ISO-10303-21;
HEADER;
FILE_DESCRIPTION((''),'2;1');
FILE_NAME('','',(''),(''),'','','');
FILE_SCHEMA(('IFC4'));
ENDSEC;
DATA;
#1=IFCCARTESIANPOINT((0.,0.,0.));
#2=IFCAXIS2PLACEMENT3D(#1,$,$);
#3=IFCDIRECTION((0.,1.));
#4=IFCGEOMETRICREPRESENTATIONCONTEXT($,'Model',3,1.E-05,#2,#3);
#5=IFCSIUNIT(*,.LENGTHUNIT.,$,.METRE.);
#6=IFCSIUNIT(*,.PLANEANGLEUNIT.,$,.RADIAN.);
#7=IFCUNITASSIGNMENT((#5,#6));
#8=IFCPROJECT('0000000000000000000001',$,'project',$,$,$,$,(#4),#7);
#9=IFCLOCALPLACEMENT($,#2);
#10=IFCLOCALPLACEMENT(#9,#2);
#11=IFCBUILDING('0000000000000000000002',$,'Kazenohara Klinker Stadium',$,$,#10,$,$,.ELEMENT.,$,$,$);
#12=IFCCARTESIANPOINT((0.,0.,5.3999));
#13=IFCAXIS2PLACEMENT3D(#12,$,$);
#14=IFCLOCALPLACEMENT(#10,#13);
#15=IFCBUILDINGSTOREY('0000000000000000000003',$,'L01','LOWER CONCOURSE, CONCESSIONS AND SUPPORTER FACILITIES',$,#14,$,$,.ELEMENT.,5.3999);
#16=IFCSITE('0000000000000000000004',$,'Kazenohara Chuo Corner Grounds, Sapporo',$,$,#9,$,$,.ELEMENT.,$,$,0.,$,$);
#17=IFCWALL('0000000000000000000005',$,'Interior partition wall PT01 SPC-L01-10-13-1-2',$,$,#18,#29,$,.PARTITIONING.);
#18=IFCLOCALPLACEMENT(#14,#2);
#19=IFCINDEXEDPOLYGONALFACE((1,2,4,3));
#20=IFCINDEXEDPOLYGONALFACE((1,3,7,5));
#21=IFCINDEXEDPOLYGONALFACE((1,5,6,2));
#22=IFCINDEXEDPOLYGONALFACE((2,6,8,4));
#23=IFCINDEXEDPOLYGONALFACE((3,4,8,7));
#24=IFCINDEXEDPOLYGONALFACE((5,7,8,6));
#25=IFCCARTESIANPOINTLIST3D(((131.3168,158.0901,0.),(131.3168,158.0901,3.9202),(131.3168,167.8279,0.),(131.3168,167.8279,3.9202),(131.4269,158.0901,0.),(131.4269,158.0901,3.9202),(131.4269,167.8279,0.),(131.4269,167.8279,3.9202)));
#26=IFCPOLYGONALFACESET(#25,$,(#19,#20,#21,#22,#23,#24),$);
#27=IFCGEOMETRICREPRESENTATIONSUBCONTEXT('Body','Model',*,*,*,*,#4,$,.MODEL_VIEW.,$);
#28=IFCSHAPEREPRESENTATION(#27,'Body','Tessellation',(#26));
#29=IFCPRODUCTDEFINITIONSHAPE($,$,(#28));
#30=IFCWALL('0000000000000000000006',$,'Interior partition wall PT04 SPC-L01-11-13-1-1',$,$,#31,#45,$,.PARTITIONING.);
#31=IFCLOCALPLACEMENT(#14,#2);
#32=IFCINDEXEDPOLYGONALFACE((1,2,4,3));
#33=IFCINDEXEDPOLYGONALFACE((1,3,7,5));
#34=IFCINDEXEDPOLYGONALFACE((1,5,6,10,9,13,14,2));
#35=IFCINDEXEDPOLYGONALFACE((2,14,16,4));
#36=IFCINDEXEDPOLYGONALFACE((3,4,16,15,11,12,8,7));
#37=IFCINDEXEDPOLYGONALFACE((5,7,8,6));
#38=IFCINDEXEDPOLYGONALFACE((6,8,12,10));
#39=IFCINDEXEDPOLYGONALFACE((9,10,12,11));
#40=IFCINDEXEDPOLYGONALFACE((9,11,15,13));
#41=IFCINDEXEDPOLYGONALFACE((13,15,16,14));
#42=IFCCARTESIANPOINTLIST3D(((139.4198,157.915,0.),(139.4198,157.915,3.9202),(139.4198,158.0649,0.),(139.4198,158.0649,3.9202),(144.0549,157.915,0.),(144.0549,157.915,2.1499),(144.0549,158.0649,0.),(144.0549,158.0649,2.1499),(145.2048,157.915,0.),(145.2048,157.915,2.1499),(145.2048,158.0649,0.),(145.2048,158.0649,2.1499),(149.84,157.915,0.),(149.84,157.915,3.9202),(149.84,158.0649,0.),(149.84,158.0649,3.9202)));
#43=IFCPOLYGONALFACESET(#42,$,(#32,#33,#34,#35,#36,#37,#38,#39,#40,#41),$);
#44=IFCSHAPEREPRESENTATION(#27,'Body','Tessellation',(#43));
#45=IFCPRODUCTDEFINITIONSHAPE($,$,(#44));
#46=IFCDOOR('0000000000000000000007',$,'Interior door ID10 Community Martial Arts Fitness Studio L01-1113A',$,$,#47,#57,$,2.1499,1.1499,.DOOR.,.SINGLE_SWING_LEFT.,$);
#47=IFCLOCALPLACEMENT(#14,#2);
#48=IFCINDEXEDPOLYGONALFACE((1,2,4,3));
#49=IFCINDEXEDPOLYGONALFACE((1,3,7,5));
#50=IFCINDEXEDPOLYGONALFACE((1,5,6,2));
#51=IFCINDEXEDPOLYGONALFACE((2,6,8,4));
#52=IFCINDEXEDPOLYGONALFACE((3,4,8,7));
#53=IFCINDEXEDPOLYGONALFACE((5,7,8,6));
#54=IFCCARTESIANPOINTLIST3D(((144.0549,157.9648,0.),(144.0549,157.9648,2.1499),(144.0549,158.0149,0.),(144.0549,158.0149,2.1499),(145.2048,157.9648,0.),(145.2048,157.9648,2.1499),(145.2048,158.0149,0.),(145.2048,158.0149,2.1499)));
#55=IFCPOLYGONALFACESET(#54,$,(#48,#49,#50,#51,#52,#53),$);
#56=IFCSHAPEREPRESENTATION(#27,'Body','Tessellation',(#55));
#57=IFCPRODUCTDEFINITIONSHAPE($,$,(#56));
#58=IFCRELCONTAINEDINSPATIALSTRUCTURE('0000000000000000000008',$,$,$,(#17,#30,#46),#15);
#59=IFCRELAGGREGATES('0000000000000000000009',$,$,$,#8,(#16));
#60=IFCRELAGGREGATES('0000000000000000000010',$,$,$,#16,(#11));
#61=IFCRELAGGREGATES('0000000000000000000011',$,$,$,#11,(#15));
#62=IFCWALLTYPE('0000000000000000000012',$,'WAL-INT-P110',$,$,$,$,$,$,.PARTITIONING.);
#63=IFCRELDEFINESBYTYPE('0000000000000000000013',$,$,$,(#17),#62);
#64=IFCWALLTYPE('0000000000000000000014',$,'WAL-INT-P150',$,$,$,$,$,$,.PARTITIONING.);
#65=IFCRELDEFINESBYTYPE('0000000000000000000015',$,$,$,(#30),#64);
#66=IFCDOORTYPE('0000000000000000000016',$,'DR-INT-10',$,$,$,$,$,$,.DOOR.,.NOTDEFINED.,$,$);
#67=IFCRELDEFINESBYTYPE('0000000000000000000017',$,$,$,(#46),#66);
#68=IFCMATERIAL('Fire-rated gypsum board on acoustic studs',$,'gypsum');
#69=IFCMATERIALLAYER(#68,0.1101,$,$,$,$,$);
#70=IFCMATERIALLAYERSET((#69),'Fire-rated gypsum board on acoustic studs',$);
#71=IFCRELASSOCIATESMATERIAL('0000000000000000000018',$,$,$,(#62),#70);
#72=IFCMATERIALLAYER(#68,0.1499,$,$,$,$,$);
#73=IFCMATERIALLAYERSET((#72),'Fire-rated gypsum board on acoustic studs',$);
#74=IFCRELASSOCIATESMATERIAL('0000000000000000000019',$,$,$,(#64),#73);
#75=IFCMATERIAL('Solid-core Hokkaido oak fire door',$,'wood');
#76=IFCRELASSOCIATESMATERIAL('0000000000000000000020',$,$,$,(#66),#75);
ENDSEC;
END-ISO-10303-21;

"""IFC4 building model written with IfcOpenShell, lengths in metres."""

from ifc_helpers import new_model, si_unit, direction, frame, frame_2d, origin, place, context, subcontext, project, spatial, rectangle, extrude, material, layer, layer_set, type_object, element, fill, save


model = new_model("IFC4")

# Units and contexts
model_context = context("Model", 3, precision=1e-05, world=origin(), true_north=direction((0.0, 1.0)))
body_context = subcontext(model_context, "Body", "Model", "MODEL_VIEW")
ifc_project = project(units=[si_unit("LENGTHUNIT", "METRE"), si_unit("PLANEANGLEUNIT", "RADIAN")], contexts=[model_context])

# Site, building, storey
site_placement = place(None, origin())
site = spatial("IfcSite", under=ifc_project, at=site_placement, Name="Kazenohara Chuo Corner Grounds, Sapporo", CompositionType="ELEMENT", RefElevation=0.0)
building_placement = place(site_placement, origin())
building = spatial("IfcBuilding", under=site, at=building_placement, Name="Kazenohara Klinker Stadium", CompositionType="ELEMENT")
storey_placement = place(building_placement, frame((0.0, 0.0, 5.3999)))
storey = spatial("IfcBuildingStorey", under=building, at=storey_placement, Name="L01", Description="LOWER CONCOURSE, CONCESSIONS AND SUPPORTER FACILITIES", CompositionType="ELEMENT", Elevation=5.3999)

# Wall
ifc_material_1 = material(Name="Fire-rated gypsum board on acoustic studs", Category="gypsum")
ifc_layer_1 = layer(ifc_material_1, 0.1101)
ifc_layer_set_1 = layer_set([ifc_layer_1], Name="Fire-rated gypsum board on acoustic studs")
wall_type_1 = type_object("IfcWallType", Name="WAL-INT-P110", PredefinedType="PARTITIONING", material=ifc_layer_set_1)
wall_1_placement = place(storey_placement, frame((131.3718, 158.0901, 0.0), z_axis=(0.0, 0.0, 1.0), x_axis=(0.0, 1.0, 0.0)))
element("IfcWall", 1, at=wall_1_placement, inside=storey, type_object=wall_type_1, Name="Interior partition wall PT01 SPC-L01-10-13-1-2", PredefinedType="PARTITIONING", context=body_context, shape_type="SweptSolid", body=[
    extrude(rectangle(XDim=9.7378, YDim=0.1101, at=frame_2d((4.8689, 0.0))), origin(), (0.0, 0.0, 1.0), 3.9202),
])

# Wall, opening, door
ifc_layer_2 = layer(ifc_material_1, 0.1499)
ifc_layer_set_2 = layer_set([ifc_layer_2], Name="Fire-rated gypsum board on acoustic studs")
wall_type_2 = type_object("IfcWallType", Name="WAL-INT-P150", PredefinedType="PARTITIONING", material=ifc_layer_set_2)
wall_2_placement = place(storey_placement, frame((139.4199, 157.99, 0.0), z_axis=(0.0, 0.0, 1.0), x_axis=(1.0, 0.0, 0.0)))
wall_2 = element("IfcWall", 2, at=wall_2_placement, inside=storey, type_object=wall_type_2, Name="Interior partition wall PT04 SPC-L01-11-13-1-1", PredefinedType="PARTITIONING", context=body_context, shape_type="SweptSolid", body=[
    extrude(rectangle(XDim=10.4202, YDim=0.1499, at=frame_2d((5.21, 0.0))), origin(), (0.0, 0.0, 1.0), 3.9202),
])
opening_1_placement = place(wall_2_placement, frame((4.635, 0.0, 0.0)))
opening_1 = element("IfcOpeningElement", 3, at=opening_1_placement, cuts=wall_2, PredefinedType="OPENING", context=body_context, shape_type="SweptSolid", body=[
    extrude(rectangle(XDim=1.1499, YDim=2.1499, at=frame_2d((0.575, 1.075))), frame((0.0, 0.085, 0.0), z_axis=(0.0, -1.0, 0.0), x_axis=(1.0, 0.0, 0.0)), (0.0, 0.0, 1.0), 0.1699),
])
ifc_material_2 = material(Name="Solid-core Hokkaido oak fire door", Category="wood")
door_type = type_object("IfcDoorType", Name="DR-INT-10", OperationType="NOTDEFINED", PredefinedType="DOOR", material=ifc_material_2)
door_placement = place(opening_1_placement, origin())
door = element("IfcDoor", 4, at=door_placement, inside=storey, type_object=door_type, Name="Interior door ID10 Community Martial Arts Fitness Studio L01-1113A", OperationType="SINGLE_SWING_LEFT", OverallHeight=2.1499, OverallWidth=1.1499, PredefinedType="DOOR", context=body_context, shape_type="SweptSolid", body=[
    extrude(rectangle(XDim=1.1499, YDim=2.1499, at=frame_2d((0.575, 1.075))), frame((0.0, 0.0249, 0.0), z_axis=(0.0, -1.0, 0.0), x_axis=(1.0, 0.0, 0.0)), (0.0, 0.0, 1.0), 0.05),
])
fill(opening_1, door)

save(model, "model.ifc")
